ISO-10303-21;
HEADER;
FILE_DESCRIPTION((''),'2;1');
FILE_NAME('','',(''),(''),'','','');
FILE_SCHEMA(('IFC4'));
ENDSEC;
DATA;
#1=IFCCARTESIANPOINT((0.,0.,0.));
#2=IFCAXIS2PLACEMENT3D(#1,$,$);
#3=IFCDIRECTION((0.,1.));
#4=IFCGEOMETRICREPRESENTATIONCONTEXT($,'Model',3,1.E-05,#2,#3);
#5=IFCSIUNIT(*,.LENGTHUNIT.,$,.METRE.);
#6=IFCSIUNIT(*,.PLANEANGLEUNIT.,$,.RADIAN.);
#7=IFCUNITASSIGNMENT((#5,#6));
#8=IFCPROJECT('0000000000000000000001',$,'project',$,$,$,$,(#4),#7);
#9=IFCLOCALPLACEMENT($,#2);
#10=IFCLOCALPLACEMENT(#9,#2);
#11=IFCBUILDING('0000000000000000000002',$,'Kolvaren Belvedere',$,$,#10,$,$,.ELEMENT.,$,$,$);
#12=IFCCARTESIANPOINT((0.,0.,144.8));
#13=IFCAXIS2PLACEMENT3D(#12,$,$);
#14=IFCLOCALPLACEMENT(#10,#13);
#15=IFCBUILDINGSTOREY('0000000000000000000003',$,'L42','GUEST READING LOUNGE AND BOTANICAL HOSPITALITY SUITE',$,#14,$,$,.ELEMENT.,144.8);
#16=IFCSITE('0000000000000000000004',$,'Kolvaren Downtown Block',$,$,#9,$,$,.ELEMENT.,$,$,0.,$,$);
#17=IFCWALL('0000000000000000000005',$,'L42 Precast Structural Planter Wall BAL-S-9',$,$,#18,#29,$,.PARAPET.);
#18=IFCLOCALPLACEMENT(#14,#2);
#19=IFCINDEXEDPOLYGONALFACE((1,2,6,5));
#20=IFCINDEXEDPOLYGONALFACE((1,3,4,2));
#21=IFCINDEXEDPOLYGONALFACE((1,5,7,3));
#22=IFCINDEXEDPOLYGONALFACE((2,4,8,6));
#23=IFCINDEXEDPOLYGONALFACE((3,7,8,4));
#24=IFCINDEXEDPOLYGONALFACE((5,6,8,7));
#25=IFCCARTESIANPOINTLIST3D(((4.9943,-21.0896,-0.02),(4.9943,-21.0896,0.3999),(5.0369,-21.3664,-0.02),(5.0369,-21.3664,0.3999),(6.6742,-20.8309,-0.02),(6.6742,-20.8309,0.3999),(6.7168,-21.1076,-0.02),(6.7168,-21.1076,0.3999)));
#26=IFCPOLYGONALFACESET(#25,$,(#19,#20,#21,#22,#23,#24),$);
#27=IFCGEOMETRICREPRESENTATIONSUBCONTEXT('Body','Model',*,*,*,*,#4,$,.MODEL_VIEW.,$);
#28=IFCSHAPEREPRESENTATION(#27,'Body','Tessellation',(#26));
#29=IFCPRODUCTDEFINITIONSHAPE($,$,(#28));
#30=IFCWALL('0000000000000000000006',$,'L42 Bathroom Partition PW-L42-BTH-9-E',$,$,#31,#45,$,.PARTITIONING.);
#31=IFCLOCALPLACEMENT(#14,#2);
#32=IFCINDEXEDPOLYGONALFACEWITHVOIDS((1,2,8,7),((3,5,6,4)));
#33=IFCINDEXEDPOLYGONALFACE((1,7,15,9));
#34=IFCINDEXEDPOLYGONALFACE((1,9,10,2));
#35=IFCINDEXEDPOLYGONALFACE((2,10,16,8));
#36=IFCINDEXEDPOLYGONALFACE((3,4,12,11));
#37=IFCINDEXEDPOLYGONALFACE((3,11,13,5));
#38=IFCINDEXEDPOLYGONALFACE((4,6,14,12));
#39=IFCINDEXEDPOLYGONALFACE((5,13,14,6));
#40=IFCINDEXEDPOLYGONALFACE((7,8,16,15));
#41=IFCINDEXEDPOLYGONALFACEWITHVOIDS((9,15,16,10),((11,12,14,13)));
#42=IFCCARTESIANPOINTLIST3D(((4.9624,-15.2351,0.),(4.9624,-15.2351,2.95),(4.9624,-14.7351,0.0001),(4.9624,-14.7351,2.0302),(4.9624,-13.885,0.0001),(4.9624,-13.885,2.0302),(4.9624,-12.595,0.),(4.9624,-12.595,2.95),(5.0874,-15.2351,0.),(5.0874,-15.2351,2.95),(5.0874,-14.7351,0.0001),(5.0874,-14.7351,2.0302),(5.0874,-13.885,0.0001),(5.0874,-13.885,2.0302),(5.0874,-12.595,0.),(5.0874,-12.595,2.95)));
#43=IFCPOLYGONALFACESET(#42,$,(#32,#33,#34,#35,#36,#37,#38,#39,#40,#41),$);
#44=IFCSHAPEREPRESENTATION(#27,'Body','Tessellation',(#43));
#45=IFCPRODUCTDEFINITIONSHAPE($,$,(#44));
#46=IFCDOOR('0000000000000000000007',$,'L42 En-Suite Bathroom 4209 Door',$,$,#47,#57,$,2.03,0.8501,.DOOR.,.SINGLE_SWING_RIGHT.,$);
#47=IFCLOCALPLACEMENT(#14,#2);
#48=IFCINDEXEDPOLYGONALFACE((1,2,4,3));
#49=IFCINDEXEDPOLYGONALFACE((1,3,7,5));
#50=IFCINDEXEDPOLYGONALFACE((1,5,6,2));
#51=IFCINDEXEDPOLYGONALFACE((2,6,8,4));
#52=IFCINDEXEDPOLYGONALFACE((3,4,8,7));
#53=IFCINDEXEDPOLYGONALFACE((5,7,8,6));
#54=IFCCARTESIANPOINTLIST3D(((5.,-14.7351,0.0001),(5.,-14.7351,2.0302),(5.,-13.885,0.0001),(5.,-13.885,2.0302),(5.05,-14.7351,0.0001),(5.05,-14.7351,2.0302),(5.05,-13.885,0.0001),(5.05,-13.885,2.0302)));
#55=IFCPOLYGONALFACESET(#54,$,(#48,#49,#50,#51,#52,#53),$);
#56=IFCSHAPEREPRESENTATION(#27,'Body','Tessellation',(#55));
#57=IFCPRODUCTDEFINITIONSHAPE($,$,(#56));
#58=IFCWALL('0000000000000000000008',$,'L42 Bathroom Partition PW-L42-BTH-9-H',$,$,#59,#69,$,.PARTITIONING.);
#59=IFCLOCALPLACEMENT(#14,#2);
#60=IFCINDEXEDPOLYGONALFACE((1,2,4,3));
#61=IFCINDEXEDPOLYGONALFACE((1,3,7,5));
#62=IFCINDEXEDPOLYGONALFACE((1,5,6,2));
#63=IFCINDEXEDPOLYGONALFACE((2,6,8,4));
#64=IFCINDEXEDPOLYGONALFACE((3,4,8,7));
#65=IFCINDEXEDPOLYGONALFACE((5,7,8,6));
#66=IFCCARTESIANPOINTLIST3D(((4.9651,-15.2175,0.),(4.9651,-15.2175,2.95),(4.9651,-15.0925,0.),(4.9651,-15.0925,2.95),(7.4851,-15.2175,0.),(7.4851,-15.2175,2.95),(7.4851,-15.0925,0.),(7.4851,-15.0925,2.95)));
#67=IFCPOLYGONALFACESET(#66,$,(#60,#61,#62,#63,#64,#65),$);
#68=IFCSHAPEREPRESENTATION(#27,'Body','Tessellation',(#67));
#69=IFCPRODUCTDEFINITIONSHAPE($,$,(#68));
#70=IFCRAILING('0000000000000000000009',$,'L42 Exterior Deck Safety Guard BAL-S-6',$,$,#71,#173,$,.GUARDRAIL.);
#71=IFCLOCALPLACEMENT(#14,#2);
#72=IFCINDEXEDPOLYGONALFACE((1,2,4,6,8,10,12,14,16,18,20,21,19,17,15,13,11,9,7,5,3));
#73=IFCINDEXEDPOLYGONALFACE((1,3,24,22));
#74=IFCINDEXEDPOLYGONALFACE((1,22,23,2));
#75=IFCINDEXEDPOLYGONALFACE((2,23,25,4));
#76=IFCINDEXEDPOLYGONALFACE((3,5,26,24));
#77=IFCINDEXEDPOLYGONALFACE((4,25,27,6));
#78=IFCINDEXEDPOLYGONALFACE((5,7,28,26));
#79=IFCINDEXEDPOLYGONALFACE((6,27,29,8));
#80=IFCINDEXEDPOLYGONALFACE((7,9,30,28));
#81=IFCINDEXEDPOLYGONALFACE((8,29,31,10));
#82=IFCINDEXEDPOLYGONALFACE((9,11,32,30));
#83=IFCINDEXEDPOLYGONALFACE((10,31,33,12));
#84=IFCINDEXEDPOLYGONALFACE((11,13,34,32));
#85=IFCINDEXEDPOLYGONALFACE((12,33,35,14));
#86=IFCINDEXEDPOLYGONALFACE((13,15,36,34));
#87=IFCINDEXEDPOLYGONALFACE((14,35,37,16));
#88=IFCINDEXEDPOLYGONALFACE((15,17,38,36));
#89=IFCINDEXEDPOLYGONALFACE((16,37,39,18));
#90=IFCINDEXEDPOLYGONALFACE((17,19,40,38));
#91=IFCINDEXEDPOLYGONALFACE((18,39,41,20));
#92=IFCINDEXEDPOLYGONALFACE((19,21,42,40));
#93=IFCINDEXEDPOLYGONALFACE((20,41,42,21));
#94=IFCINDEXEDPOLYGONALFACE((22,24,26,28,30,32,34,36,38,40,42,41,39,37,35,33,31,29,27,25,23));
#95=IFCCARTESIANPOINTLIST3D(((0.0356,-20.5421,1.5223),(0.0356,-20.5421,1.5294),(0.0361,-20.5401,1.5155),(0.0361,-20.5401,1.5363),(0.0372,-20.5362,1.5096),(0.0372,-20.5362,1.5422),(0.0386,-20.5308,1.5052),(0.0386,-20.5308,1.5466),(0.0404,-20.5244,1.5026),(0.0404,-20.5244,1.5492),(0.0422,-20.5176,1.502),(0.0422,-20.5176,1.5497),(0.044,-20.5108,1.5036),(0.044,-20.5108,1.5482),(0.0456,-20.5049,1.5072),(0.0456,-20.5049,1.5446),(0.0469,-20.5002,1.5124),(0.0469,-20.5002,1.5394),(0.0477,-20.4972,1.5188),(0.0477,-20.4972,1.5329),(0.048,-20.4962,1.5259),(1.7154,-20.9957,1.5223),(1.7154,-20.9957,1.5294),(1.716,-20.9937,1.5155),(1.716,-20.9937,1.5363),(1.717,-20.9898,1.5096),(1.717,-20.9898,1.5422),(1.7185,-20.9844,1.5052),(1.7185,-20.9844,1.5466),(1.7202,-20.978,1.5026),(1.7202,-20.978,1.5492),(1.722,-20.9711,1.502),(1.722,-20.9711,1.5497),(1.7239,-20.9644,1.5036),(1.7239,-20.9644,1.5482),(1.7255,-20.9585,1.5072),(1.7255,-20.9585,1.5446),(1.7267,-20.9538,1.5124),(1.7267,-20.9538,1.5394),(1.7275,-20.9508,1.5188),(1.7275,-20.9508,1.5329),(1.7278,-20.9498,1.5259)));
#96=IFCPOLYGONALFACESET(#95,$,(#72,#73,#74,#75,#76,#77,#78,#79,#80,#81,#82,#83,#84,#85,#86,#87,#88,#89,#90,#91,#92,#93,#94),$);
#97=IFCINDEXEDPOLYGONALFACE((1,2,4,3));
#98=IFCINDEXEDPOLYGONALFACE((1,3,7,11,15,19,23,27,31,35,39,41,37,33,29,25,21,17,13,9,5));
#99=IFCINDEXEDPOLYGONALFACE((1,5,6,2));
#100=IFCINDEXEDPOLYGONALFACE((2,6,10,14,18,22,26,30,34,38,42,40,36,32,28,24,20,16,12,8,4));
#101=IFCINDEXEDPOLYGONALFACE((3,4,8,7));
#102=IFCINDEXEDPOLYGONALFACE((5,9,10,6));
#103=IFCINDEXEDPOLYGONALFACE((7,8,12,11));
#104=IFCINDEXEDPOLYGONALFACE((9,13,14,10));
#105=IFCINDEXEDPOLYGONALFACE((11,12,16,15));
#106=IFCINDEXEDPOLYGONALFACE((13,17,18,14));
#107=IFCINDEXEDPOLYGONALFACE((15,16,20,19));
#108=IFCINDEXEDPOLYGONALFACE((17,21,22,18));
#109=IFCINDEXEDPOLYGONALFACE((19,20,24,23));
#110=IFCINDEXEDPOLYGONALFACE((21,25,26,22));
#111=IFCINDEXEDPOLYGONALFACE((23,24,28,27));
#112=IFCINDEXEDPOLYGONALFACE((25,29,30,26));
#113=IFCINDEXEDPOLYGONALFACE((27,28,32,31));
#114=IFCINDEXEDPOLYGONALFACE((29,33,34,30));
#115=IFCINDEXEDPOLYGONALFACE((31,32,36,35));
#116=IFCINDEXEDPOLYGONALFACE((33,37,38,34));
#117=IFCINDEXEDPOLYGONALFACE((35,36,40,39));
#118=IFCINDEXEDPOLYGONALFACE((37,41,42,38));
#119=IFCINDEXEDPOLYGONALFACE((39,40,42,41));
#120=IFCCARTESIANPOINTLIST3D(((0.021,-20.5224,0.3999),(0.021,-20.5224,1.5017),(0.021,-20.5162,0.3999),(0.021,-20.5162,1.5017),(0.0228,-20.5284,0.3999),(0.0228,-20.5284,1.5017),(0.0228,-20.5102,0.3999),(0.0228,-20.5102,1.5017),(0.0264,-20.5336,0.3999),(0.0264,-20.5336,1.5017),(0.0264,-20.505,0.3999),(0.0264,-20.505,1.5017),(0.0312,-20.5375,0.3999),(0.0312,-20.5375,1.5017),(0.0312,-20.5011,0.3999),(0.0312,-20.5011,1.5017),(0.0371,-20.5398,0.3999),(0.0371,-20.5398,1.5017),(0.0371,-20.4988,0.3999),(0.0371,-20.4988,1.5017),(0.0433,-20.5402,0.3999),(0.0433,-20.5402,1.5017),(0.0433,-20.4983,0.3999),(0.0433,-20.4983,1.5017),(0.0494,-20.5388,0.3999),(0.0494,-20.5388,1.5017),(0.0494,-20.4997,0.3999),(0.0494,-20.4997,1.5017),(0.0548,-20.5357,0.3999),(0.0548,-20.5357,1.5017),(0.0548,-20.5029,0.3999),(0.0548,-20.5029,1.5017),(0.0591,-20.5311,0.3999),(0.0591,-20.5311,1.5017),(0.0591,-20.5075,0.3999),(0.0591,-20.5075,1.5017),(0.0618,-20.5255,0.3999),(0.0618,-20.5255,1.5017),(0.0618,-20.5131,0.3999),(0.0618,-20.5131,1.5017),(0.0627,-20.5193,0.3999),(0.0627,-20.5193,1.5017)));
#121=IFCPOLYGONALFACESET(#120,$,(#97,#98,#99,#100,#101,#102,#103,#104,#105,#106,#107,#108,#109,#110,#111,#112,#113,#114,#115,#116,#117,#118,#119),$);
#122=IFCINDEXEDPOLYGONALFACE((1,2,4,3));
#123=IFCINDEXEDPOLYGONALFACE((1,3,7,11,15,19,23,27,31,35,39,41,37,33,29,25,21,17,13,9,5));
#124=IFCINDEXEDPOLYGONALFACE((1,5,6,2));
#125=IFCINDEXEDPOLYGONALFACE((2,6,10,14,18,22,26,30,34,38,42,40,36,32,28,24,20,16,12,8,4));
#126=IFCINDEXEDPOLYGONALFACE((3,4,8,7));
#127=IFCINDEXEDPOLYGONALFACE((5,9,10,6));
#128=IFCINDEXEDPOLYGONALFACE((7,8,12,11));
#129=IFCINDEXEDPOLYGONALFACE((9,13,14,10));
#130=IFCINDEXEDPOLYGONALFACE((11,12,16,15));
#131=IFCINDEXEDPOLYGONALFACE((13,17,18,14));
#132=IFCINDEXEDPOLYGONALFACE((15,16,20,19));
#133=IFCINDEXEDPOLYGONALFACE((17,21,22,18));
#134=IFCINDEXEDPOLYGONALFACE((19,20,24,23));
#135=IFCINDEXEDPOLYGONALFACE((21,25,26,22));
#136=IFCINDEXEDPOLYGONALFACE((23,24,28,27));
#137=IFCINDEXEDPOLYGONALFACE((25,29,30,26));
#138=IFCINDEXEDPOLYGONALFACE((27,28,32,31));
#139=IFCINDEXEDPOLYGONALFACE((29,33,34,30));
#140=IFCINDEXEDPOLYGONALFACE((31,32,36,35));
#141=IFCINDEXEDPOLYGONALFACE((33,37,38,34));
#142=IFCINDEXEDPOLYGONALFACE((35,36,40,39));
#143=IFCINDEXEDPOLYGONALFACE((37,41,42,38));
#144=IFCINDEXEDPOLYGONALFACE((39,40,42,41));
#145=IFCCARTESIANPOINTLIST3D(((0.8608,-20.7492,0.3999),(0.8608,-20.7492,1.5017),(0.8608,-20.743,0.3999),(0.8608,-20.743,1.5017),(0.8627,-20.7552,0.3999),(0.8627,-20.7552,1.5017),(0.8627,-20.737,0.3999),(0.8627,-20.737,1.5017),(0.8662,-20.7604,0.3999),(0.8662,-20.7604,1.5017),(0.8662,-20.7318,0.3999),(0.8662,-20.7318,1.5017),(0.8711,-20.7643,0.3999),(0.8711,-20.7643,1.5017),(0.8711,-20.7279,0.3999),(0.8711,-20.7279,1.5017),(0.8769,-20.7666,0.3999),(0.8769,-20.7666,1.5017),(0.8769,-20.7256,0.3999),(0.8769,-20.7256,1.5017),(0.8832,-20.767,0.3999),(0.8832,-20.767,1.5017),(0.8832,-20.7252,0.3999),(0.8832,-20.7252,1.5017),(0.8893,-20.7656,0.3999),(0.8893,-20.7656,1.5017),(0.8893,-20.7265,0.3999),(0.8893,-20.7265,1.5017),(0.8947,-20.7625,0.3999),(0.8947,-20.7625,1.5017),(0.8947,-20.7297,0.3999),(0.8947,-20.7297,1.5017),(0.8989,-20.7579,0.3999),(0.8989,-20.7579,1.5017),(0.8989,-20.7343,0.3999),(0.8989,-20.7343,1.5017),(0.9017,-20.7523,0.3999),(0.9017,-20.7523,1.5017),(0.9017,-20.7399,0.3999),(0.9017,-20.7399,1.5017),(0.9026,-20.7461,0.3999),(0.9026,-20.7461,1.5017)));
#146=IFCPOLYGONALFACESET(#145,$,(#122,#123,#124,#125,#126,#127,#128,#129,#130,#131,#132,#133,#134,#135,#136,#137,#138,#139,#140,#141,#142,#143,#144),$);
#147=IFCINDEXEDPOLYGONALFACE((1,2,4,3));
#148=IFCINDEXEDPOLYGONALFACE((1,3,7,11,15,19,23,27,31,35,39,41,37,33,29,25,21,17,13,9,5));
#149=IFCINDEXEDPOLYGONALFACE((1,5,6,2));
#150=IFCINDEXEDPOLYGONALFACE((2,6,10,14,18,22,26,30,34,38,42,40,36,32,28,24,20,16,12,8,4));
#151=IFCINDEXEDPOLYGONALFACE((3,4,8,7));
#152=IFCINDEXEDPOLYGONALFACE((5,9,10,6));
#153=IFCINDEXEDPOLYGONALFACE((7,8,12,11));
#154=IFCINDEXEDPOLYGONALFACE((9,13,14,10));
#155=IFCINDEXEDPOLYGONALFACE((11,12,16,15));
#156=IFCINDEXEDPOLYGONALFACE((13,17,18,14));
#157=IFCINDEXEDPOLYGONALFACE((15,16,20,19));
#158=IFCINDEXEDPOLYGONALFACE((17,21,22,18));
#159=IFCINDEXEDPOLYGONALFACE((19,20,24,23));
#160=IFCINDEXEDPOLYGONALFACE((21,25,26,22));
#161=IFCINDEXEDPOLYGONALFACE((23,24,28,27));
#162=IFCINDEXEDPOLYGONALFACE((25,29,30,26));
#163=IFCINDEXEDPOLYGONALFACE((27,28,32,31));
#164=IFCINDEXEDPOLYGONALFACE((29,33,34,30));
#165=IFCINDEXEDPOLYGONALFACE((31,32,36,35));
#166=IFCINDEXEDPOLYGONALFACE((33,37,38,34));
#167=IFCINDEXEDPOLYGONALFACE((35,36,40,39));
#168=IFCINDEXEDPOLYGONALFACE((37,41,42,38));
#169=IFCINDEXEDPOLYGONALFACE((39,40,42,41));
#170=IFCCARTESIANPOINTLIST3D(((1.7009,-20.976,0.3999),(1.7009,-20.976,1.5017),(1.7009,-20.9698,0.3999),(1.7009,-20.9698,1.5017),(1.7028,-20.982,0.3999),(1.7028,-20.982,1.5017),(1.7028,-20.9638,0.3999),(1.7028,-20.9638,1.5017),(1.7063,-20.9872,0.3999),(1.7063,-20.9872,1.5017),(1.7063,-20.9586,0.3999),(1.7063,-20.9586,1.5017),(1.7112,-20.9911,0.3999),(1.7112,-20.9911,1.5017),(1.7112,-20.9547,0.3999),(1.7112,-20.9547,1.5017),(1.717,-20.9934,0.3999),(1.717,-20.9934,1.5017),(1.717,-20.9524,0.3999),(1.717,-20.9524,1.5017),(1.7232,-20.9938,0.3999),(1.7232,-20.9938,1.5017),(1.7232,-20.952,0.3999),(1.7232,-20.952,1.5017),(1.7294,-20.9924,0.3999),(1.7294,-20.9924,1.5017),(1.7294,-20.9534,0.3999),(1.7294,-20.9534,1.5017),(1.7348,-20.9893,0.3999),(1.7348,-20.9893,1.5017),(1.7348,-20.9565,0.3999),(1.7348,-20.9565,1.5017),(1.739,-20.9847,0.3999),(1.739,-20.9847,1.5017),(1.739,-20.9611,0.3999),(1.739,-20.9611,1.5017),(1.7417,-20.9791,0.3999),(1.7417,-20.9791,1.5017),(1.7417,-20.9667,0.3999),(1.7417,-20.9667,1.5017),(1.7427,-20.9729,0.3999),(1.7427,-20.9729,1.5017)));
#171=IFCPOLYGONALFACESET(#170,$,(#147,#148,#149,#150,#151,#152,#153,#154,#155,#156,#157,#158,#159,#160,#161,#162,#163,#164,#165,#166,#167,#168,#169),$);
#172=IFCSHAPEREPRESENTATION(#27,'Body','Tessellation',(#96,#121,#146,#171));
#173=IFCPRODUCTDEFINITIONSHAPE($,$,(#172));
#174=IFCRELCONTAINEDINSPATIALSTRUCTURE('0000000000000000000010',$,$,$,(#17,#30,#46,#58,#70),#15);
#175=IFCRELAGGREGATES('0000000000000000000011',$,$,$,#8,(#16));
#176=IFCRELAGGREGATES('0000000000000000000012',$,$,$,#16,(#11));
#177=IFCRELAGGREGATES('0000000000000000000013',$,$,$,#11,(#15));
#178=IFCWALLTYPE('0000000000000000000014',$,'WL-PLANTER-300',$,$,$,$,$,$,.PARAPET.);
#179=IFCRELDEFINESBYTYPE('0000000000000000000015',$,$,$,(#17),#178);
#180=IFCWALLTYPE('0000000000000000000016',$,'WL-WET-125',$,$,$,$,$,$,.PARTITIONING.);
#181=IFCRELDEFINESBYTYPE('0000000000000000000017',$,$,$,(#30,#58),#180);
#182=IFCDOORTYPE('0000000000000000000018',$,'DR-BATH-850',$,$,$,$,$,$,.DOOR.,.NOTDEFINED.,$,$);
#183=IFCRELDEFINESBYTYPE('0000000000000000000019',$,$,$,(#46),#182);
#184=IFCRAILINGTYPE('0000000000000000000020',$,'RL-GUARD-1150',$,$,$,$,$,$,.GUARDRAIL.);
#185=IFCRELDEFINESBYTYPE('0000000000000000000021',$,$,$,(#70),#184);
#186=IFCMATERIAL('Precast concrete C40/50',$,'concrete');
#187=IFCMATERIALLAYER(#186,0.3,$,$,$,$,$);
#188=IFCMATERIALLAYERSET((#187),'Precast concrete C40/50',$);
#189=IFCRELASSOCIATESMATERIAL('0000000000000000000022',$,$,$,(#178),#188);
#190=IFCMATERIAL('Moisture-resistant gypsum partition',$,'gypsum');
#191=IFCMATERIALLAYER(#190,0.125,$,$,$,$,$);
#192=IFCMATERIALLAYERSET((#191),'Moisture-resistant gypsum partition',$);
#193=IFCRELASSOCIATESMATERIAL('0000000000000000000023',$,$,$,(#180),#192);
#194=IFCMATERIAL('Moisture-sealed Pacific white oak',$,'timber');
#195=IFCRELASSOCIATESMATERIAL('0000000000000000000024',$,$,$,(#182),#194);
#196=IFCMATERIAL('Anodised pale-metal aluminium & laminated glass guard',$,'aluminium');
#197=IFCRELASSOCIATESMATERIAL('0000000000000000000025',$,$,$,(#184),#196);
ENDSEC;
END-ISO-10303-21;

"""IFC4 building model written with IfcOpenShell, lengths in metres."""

from ifc_helpers import new_model, si_unit, direction, frame, frame_2d, origin, origin_2d, place, context, subcontext, project, spatial, rectangle, circle, extrude, material, layer, layer_set, type_object, element, fill, save


model = new_model("IFC4")

# Units and contexts
model_context = context("Model", 3, precision=1e-05, world=origin(), true_north=direction((0.0, 1.0)))
body_context = subcontext(model_context, "Body", "Model", "MODEL_VIEW")
ifc_project = project(units=[si_unit("LENGTHUNIT", "METRE"), si_unit("PLANEANGLEUNIT", "RADIAN")], contexts=[model_context])

# Site, building, storey
site_placement = place(None, origin())
site = spatial("IfcSite", under=ifc_project, at=site_placement, Name="Kolvaren Downtown Block", CompositionType="ELEMENT", RefElevation=0.0)
building_placement = place(site_placement, origin())
building = spatial("IfcBuilding", under=site, at=building_placement, Name="Kolvaren Belvedere", CompositionType="ELEMENT")
storey_placement = place(building_placement, frame((0.0, 0.0, 144.8)))
storey = spatial("IfcBuildingStorey", under=building, at=storey_placement, Name="L42", Description="GUEST READING LOUNGE AND BOTANICAL HOSPITALITY SUITE", CompositionType="ELEMENT", Elevation=144.8)

# Wall
ifc_material_1 = material(Name="Precast concrete C40/50", Category="concrete")
ifc_layer_1 = layer(ifc_material_1, 0.3)
ifc_layer_set_1 = layer_set([ifc_layer_1], Name="Precast concrete C40/50")
wall_type_1 = type_object("IfcWallType", Name="WL-PLANTER-300", PredefinedType="PARAPET", material=ifc_layer_set_1)
wall_1_placement = place(storey_placement, frame((5.0156, -21.228, -0.02), z_axis=(0.0, 0.0, 1.0), x_axis=(0.988342, 0.152251, 0.0)))
element("IfcWall", 1, at=wall_1_placement, inside=storey, type_object=wall_type_1, Name="L42 Precast Structural Planter Wall BAL-S-9", PredefinedType="PARAPET", context=body_context, shape_type="SweptSolid", body=[
    extrude(rectangle(XDim=1.6997, YDim=0.28, at=frame_2d((0.8499, 0.0))), origin(), (0.0, 0.0, 1.0), 0.4199),
])

# Wall, opening, door
ifc_material_2 = material(Name="Moisture-resistant gypsum partition", Category="gypsum")
ifc_layer_2 = layer(ifc_material_2, 0.125)
ifc_layer_set_2 = layer_set([ifc_layer_2], Name="Moisture-resistant gypsum partition")
wall_type_2 = type_object("IfcWallType", Name="WL-WET-125", PredefinedType="PARTITIONING", material=ifc_layer_set_2)
wall_2_placement = place(storey_placement, frame((5.0249, -15.2351, 0.0), z_axis=(0.0, 0.0, 1.0), x_axis=(0.0, 1.0, 0.0)))
wall_2 = element("IfcWall", 2, at=wall_2_placement, inside=storey, type_object=wall_type_2, Name="L42 Bathroom Partition PW-L42-BTH-9-E", PredefinedType="PARTITIONING", context=body_context, shape_type="SweptSolid", body=[
    extrude(rectangle(XDim=2.6401, YDim=0.125, at=frame_2d((1.3201, 0.0))), origin(), (0.0, 0.0, 1.0), 2.95),
])
opening_1_placement = place(wall_2_placement, frame((0.5, 0.0, 0.0)))
opening_1 = element("IfcOpeningElement", 3, at=opening_1_placement, cuts=wall_2, PredefinedType="OPENING", context=body_context, shape_type="SweptSolid", body=[
    extrude(rectangle(XDim=0.8501, YDim=2.03, at=frame_2d((0.425, 1.0151))), frame((0.0, 0.0725, 0.0), z_axis=(0.0, -1.0, 0.0), x_axis=(1.0, 0.0, 0.0)), (0.0, 0.0, 1.0), 0.145),
])
ifc_material_3 = material(Name="Moisture-sealed Pacific white oak", Category="timber")
door_type_1 = type_object("IfcDoorType", Name="DR-BATH-850", OperationType="NOTDEFINED", PredefinedType="DOOR", material=ifc_material_3)
door_1_placement = place(opening_1_placement, origin())
door_1 = element("IfcDoor", 4, at=door_1_placement, inside=storey, type_object=door_type_1, Name="L42 En-Suite Bathroom 4209 Door", OperationType="SINGLE_SWING_RIGHT", OverallHeight=2.03, OverallWidth=0.8501, PredefinedType="DOOR", context=body_context, shape_type="SweptSolid", body=[
    extrude(rectangle(XDim=0.8501, YDim=2.03, at=frame_2d((0.425, 1.0151))), frame((0.0, 0.0249, 0.0), z_axis=(0.0, -1.0, 0.0), x_axis=(1.0, 0.0, 0.0)), (0.0, 0.0, 1.0), 0.05),
])
fill(opening_1, door_1)

# Wall
wall_3_placement = place(storey_placement, frame((4.9651, -15.155, 0.0), z_axis=(0.0, 0.0, 1.0), x_axis=(1.0, 0.0, 0.0)))
element("IfcWall", 5, at=wall_3_placement, inside=storey, type_object=wall_type_2, Name="L42 Bathroom Partition PW-L42-BTH-9-H", PredefinedType="PARTITIONING", context=body_context, shape_type="SweptSolid", body=[
    extrude(rectangle(XDim=2.52, YDim=0.125, at=frame_2d((1.26, 0.0))), origin(), (0.0, 0.0, 1.0), 2.95),
])

# Railing
ifc_material_4 = material(Name="Anodised pale-metal aluminium & laminated glass guard", Category="aluminium")
railing_type = type_object("IfcRailingType", Name="RL-GUARD-1150", PredefinedType="GUARDRAIL", material=ifc_material_4)
railing_1_placement = place(storey_placement, frame((0.0417, -20.5193, 0.3999)))
element("IfcRailing", 6, at=railing_1_placement, inside=storey, type_object=railing_type, Name="L42 Exterior Deck Safety Guard BAL-S-6", PredefinedType="GUARDRAIL", context=body_context, shape_type="SweptSolid", body=[
    extrude(circle(Radius=0.0239, at=origin_2d()), frame((0.0, 0.0, 1.126), z_axis=(0.965424, -0.260683, 0.0), x_axis=(0.260683, 0.965424, 0.0)), (0.0, 0.0, 1.0), 1.74),
    extrude(circle(Radius=0.021, at=origin_2d()), origin(), (0.0, 0.0, 1.0), 1.1018),
    extrude(circle(Radius=0.021, at=origin_2d()), frame((0.8398, -0.2268, 0.0)), (0.0, 0.0, 1.0), 1.1018),
    extrude(circle(Radius=0.021, at=origin_2d()), frame((1.6799, -0.4536, 0.0)), (0.0, 0.0, 1.0), 1.1018),
])

save(model, "model.ifc")
